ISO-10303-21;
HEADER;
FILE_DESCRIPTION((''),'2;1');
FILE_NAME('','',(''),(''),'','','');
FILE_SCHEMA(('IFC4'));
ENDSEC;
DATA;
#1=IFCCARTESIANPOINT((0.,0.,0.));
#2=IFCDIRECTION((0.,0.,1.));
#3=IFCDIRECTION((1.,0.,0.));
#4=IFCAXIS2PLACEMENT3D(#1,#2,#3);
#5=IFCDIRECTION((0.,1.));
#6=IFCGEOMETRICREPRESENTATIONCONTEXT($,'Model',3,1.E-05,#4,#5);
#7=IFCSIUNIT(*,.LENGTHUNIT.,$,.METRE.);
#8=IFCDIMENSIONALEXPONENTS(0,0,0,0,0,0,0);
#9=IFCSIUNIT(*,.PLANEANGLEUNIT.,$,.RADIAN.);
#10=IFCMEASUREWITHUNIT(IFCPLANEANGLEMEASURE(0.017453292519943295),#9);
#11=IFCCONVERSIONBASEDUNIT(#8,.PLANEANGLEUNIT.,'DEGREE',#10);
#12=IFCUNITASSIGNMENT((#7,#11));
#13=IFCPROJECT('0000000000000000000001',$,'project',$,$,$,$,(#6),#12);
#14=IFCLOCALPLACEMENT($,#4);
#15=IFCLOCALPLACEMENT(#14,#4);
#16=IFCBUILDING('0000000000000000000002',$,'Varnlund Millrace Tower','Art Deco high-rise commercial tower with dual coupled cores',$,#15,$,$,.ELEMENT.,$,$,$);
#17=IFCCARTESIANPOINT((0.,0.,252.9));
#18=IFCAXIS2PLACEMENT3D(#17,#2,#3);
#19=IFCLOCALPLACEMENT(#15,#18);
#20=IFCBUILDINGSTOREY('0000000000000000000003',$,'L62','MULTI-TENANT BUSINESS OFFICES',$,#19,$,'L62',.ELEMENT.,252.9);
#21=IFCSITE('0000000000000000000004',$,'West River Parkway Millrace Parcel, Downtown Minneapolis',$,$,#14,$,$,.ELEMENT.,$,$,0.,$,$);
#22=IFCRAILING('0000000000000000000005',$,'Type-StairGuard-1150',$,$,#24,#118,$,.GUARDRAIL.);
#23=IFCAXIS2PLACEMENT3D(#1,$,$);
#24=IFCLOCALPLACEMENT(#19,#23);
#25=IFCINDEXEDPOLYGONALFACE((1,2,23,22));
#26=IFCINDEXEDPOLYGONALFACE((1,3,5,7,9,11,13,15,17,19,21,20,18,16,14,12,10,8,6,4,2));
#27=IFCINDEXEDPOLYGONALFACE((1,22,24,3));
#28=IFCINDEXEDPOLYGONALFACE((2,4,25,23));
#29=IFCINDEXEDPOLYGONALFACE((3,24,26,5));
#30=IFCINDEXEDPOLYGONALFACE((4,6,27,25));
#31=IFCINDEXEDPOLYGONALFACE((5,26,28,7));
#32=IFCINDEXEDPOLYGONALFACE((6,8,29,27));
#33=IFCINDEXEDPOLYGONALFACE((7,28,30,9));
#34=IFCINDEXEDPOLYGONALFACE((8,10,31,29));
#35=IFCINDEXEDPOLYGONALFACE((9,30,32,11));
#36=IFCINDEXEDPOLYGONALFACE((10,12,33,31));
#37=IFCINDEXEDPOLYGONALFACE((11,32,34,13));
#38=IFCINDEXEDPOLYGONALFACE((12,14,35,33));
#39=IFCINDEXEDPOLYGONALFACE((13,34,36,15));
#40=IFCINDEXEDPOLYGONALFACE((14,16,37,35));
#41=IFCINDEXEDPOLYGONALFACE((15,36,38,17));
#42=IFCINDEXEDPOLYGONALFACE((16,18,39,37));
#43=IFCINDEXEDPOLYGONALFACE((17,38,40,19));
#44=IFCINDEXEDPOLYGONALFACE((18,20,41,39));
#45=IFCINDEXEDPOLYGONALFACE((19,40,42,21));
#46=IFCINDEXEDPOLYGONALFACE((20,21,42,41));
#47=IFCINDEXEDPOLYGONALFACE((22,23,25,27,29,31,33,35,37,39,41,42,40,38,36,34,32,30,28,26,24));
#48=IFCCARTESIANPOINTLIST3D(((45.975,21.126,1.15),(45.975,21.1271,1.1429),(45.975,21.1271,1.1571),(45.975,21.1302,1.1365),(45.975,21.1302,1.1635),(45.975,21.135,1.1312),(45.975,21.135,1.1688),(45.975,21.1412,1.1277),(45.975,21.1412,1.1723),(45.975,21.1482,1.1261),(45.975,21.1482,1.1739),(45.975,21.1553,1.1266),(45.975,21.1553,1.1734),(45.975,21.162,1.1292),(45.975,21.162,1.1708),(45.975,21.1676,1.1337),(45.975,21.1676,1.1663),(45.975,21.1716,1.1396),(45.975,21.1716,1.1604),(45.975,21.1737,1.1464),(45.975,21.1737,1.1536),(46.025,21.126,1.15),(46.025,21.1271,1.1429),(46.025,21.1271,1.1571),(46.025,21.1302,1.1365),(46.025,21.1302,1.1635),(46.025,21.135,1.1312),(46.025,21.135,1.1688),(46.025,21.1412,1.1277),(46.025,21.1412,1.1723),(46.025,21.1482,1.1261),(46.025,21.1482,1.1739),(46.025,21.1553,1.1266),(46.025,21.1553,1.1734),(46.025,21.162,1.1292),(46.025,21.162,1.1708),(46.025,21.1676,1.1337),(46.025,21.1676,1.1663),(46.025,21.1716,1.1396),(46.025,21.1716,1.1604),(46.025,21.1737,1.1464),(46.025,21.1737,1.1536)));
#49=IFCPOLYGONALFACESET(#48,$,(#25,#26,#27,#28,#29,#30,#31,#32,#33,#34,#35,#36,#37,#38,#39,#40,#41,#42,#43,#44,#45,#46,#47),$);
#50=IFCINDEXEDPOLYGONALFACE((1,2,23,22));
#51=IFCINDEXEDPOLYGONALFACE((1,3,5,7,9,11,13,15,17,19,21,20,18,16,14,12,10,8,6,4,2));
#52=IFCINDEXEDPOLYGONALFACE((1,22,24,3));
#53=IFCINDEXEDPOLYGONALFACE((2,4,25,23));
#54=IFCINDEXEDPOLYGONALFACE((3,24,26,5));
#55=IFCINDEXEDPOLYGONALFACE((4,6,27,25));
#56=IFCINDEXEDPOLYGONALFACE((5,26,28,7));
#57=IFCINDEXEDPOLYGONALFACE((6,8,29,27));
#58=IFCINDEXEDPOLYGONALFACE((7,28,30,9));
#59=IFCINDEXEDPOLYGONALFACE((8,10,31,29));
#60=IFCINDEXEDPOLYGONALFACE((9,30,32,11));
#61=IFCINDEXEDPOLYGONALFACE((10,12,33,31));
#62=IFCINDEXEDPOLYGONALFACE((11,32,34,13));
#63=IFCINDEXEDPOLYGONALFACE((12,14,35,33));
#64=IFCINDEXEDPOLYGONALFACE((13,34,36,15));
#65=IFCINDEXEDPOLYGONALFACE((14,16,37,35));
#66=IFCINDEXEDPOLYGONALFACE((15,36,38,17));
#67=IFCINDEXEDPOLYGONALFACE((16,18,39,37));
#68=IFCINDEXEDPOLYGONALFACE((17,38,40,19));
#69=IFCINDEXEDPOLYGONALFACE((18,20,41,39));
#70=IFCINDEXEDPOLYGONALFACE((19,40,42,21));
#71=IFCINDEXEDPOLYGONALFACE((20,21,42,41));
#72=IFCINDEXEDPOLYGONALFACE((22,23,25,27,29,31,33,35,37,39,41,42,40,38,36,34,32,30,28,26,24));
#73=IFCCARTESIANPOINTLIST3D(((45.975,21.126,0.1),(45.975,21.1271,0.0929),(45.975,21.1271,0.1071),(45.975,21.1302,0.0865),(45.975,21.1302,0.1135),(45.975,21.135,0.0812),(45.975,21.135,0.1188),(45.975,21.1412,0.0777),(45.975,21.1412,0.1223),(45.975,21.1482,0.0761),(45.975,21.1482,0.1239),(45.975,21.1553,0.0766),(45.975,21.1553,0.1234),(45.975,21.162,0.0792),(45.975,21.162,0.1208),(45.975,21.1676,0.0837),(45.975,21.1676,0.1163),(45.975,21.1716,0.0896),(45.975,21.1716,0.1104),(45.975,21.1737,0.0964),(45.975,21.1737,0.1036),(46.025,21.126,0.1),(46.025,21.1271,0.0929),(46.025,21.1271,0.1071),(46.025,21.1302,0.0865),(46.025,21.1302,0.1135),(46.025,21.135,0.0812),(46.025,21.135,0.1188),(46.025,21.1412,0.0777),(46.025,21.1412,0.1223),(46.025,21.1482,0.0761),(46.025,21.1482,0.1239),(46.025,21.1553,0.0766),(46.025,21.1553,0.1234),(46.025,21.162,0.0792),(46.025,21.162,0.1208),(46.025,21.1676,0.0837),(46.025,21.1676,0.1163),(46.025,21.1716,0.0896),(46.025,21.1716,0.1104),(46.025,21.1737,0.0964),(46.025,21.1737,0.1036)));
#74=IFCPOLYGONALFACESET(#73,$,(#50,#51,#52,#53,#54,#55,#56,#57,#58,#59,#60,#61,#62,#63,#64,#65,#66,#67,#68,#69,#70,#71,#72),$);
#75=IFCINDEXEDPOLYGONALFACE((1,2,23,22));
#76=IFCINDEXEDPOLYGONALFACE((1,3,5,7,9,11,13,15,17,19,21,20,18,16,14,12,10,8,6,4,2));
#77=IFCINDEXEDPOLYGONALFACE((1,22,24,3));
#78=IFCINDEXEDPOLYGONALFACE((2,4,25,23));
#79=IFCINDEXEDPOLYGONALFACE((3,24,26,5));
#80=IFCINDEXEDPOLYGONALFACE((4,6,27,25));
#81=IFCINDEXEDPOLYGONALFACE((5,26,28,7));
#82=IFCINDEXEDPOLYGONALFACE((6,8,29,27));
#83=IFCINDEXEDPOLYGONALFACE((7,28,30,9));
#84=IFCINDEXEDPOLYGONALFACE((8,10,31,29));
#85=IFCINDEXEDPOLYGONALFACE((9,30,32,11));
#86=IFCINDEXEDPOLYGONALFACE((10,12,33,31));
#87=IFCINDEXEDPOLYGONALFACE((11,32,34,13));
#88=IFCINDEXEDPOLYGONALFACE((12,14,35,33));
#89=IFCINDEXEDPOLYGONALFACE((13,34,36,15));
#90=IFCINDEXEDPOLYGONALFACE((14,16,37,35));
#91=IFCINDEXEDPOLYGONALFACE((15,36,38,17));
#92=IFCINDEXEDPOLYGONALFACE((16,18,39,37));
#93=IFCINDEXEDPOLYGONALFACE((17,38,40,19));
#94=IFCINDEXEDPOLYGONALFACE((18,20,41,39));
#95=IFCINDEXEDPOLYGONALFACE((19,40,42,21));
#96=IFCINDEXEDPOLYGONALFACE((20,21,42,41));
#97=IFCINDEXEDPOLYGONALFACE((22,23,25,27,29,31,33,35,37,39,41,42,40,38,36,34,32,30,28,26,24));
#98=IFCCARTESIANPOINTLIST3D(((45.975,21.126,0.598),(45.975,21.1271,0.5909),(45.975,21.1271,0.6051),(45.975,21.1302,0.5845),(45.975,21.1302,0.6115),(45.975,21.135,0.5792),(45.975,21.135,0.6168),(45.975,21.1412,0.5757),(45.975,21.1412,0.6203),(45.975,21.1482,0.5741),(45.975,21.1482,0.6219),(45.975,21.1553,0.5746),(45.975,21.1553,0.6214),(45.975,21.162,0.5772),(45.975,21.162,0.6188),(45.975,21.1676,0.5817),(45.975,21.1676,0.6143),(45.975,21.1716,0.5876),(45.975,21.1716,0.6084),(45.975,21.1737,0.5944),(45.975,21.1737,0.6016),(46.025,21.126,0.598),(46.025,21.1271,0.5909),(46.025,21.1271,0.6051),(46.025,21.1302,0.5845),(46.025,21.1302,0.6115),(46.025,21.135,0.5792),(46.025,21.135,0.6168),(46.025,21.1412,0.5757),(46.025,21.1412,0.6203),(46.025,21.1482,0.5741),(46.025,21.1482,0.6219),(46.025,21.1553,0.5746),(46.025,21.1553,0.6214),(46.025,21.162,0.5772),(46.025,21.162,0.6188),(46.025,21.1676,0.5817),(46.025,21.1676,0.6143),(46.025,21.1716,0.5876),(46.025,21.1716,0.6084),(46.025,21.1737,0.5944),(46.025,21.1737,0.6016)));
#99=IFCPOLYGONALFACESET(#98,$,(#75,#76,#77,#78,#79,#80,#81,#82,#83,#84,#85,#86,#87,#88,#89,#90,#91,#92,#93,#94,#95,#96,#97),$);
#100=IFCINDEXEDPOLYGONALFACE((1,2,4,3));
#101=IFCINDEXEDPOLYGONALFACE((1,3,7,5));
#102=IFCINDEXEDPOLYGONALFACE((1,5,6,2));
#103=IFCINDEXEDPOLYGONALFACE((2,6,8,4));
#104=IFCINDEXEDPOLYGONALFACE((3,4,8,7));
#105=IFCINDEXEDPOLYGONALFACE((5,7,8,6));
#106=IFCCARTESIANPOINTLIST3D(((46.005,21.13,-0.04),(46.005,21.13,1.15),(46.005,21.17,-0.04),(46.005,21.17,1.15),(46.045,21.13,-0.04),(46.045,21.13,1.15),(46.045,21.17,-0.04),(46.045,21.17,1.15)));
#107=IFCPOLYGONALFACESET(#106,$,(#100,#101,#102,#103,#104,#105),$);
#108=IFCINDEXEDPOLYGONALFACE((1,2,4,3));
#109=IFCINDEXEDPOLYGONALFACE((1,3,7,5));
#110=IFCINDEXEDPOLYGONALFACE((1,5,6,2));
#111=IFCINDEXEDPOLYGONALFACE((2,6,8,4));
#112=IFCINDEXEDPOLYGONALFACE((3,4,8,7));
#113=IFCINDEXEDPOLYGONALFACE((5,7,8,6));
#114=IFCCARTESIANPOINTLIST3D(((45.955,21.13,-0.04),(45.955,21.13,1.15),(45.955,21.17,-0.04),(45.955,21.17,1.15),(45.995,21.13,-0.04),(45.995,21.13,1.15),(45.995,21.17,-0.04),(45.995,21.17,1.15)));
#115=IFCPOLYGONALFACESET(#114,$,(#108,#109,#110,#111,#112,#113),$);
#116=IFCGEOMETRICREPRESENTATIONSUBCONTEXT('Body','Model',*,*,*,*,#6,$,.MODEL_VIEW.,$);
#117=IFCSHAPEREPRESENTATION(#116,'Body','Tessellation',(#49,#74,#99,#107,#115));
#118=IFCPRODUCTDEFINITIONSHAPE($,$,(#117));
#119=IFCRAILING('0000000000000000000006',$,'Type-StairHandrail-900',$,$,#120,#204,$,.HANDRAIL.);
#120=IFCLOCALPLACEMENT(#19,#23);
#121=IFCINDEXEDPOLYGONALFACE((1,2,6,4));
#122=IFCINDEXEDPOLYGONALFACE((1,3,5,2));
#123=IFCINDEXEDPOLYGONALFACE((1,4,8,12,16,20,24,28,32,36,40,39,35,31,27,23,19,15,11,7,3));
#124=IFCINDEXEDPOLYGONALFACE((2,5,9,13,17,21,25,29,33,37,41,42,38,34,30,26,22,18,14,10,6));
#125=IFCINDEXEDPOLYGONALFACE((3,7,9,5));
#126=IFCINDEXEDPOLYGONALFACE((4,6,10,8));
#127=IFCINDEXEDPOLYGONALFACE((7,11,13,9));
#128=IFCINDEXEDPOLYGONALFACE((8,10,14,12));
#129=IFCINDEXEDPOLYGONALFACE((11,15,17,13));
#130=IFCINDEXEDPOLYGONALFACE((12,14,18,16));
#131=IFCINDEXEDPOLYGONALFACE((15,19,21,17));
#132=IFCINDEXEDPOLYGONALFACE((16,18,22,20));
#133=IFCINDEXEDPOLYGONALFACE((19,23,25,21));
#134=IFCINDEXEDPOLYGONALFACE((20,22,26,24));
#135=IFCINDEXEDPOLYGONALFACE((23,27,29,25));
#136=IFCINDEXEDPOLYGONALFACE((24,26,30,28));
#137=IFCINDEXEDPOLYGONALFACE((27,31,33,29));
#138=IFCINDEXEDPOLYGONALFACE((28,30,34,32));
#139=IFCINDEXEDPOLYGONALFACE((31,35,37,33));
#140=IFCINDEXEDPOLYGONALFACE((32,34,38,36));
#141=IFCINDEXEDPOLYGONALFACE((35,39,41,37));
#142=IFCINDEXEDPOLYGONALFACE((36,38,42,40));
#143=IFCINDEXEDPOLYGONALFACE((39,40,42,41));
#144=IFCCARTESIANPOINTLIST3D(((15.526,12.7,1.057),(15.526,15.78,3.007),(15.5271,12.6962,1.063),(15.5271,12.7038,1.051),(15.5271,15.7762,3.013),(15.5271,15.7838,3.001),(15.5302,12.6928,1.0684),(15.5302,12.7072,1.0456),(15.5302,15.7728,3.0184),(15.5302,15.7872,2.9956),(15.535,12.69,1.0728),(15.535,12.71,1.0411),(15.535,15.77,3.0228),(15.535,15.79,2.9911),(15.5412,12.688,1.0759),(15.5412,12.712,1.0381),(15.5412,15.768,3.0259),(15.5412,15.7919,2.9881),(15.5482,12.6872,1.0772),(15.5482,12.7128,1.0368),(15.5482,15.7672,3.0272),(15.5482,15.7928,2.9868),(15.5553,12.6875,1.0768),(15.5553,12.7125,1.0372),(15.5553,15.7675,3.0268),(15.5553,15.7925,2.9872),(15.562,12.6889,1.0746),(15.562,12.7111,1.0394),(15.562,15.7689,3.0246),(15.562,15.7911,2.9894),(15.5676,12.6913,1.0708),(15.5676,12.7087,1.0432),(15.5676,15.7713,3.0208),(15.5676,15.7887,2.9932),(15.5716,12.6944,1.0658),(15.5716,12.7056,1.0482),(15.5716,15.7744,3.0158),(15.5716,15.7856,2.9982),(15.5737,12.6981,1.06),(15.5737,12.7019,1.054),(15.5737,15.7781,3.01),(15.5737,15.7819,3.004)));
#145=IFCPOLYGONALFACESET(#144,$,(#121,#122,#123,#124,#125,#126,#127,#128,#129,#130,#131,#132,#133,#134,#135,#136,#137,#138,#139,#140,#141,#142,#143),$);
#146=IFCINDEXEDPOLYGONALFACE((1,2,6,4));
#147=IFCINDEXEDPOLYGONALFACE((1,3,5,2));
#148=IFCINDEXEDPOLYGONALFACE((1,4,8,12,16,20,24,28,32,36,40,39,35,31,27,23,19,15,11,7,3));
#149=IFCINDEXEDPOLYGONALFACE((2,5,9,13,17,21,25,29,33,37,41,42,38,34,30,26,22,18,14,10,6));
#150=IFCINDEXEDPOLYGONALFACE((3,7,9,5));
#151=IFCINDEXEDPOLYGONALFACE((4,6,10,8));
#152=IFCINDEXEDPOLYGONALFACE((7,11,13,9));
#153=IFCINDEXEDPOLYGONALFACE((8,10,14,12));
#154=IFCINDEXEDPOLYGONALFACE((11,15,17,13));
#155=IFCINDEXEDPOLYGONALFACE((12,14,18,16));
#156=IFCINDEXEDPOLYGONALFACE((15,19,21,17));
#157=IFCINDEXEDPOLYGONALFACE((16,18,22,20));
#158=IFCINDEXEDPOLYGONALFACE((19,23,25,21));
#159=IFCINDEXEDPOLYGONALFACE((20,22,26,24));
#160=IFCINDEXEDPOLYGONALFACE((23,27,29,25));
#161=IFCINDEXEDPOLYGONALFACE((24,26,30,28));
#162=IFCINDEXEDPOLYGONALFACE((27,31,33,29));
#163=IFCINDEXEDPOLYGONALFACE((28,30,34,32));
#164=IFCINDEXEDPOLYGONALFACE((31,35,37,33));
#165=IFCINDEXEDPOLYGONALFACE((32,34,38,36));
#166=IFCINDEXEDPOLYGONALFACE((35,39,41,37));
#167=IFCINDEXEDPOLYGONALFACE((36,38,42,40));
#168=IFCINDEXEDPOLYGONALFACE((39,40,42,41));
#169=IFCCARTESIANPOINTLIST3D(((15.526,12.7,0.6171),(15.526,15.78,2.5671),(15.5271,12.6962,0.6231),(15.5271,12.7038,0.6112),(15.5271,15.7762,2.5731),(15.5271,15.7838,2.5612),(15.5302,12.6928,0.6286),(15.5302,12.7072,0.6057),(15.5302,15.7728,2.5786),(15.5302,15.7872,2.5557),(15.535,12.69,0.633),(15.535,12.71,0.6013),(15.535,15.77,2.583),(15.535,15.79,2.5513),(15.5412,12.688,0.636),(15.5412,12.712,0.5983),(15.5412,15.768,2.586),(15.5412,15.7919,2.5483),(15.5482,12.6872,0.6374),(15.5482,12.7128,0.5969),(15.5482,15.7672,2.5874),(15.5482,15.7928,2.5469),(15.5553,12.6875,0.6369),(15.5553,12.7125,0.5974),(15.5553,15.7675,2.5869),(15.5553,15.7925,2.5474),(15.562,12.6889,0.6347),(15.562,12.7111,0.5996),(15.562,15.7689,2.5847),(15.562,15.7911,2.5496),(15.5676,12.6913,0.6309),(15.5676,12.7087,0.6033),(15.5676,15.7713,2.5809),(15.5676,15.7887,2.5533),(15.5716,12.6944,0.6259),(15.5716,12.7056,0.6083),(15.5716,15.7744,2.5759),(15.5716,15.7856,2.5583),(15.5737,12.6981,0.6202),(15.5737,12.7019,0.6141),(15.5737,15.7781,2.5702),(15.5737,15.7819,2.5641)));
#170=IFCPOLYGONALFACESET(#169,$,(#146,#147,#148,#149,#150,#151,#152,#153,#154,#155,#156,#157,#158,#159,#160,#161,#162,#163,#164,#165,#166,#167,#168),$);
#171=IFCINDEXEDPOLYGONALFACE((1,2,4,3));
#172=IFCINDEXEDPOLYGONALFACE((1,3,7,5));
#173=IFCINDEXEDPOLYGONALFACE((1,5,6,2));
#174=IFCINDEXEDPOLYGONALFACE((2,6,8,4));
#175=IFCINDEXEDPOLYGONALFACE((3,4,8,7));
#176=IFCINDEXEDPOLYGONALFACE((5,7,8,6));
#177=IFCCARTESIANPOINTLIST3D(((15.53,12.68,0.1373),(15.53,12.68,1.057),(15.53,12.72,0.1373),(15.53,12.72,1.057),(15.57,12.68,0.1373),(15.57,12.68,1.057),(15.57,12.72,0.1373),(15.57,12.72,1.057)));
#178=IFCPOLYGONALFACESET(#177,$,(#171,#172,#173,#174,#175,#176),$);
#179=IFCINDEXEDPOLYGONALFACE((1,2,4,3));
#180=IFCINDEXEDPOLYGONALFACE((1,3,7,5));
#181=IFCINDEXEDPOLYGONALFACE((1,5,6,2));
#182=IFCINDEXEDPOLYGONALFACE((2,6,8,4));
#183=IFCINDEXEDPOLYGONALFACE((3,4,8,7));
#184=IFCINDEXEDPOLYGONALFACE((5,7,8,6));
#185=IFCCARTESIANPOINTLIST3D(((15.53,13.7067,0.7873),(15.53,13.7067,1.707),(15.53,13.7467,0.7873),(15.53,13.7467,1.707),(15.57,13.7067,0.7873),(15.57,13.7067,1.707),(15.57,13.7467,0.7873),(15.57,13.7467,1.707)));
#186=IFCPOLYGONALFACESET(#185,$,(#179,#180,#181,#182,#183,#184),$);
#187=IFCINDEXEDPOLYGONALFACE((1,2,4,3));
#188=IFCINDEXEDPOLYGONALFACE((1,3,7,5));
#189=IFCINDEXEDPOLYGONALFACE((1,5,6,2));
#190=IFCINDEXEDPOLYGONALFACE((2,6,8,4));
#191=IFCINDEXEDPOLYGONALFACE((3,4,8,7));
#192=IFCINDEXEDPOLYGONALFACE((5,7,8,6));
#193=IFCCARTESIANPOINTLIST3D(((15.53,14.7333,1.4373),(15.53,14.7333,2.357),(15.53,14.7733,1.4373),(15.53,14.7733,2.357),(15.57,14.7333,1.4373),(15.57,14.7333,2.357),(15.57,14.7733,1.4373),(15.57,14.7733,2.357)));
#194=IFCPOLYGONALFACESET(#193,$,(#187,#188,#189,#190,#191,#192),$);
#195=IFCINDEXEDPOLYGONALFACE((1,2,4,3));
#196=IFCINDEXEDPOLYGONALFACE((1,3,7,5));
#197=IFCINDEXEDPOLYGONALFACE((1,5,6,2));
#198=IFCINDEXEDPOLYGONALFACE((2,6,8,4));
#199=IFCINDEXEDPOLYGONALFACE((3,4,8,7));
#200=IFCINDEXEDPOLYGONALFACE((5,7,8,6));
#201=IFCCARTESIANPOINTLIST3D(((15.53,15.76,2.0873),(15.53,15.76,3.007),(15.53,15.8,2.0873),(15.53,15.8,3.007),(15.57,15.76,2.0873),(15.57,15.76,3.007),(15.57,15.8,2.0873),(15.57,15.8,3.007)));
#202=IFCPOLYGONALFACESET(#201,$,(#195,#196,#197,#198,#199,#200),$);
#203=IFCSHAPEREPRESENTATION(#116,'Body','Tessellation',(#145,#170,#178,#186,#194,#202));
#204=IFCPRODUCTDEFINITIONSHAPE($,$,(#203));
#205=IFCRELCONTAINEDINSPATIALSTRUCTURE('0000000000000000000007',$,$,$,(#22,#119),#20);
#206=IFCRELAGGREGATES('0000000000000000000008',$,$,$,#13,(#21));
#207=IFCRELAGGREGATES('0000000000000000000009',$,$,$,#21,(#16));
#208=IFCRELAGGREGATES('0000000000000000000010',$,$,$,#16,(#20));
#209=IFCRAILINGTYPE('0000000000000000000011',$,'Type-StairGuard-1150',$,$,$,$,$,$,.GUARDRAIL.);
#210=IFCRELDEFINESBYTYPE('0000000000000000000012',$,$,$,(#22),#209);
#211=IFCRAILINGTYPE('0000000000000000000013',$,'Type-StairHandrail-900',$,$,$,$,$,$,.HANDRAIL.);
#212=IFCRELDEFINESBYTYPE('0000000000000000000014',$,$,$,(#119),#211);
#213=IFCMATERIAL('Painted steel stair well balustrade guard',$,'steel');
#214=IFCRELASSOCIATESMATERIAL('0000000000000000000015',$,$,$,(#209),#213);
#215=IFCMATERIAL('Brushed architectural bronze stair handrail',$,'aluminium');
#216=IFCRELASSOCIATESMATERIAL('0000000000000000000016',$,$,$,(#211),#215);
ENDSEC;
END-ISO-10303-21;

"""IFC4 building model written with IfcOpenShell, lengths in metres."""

from ifc_helpers import new_model, entity, si_unit, converted_unit, direction, frame, origin_with_axes, origin_2d_with_axis, place, context, subcontext, project, spatial, rectangle, circle, extrude, material, type_object, element, save


model = new_model("IFC4")

# Units and contexts
model_context = context("Model", 3, precision=1e-05, world=origin_with_axes(), true_north=direction((0.0, 1.0)))
body_context = subcontext(model_context, "Body", "Model", "MODEL_VIEW")
ifc_project = project(units=[si_unit("LENGTHUNIT", "METRE"), converted_unit("PLANEANGLEUNIT", "DEGREE", entity("IfcPlaneAngleMeasure", 0.017453292519943295), si_unit("PLANEANGLEUNIT", "RADIAN"), dimensions=[0, 0, 0, 0, 0, 0, 0])], contexts=[model_context])

# Site, building, storey
site_placement = place(None, origin_with_axes())
site = spatial("IfcSite", under=ifc_project, at=site_placement, Name="West River Parkway Millrace Parcel, Downtown Minneapolis", CompositionType="ELEMENT", RefElevation=0.0)
building_placement = place(site_placement, origin_with_axes())
building = spatial("IfcBuilding", under=site, at=building_placement, Name="Varnlund Millrace Tower", Description="Art Deco high-rise commercial tower with dual coupled cores", CompositionType="ELEMENT")
storey_placement = place(building_placement, frame((0.0, 0.0, 252.9), z_axis=(0.0, 0.0, 1.0), x_axis=(1.0, 0.0, 0.0)))
storey = spatial("IfcBuildingStorey", under=building, at=storey_placement, Name="L62", Description="MULTI-TENANT BUSINESS OFFICES", LongName="L62", CompositionType="ELEMENT", Elevation=252.9)

# Railings
ifc_material_1 = material(Name="Painted steel stair well balustrade guard", Category="steel")
railing_type_1 = type_object("IfcRailingType", Name="Type-StairGuard-1150", PredefinedType="GUARDRAIL", material=ifc_material_1)
railing_1_placement = place(storey_placement, frame((0.0, 0.0, -252.9), z_axis=(0.0, 0.0, 1.0), x_axis=(1.0, 0.0, 0.0)))
element("IfcRailing", 1, at=railing_1_placement, inside=storey, type_object=railing_type_1, Name="Type-StairGuard-1150", PredefinedType="GUARDRAIL", context=body_context, shape_type="SweptSolid", body=[
    extrude(circle(Radius=0.024, at=origin_2d_with_axis()), frame((46.025, 21.15, 254.05), z_axis=(-1.0, 0.0, 0.0), x_axis=(0.0, -1.0, 0.0)), (0.0, 0.0, 1.0), 0.05),
    extrude(circle(Radius=0.024, at=origin_2d_with_axis()), frame((46.025, 21.15, 253.0), z_axis=(-1.0, 0.0, 0.0), x_axis=(0.0, -1.0, 0.0)), (0.0, 0.0, 1.0), 0.05),
    extrude(circle(Radius=0.024, at=origin_2d_with_axis()), frame((46.025, 21.15, 253.498), z_axis=(-1.0, 0.0, 0.0), x_axis=(0.0, -1.0, 0.0)), (0.0, 0.0, 1.0), 0.05),
    extrude(rectangle(XDim=0.04, YDim=0.04, at=origin_2d_with_axis()), frame((46.025, 21.15, 252.86), z_axis=(0.0, 0.0, 1.0), x_axis=(1.0, 0.0, 0.0)), (0.0, 0.0, 1.0), 1.19),
    extrude(rectangle(XDim=0.04, YDim=0.04, at=origin_2d_with_axis()), frame((45.975, 21.15, 252.86), z_axis=(0.0, 0.0, 1.0), x_axis=(1.0, 0.0, 0.0)), (0.0, 0.0, 1.0), 1.19),
])
ifc_material_2 = material(Name="Brushed architectural bronze stair handrail", Category="aluminium")
railing_type_2 = type_object("IfcRailingType", Name="Type-StairHandrail-900", PredefinedType="HANDRAIL", material=ifc_material_2)
railing_2_placement = place(storey_placement, frame((0.0, 0.0, -252.9), z_axis=(0.0, 0.0, 1.0), x_axis=(1.0, 0.0, 0.0)))
element("IfcRailing", 2, at=railing_2_placement, inside=storey, type_object=railing_type_2, Name="Type-StairHandrail-900", PredefinedType="HANDRAIL", context=body_context, shape_type="SweptSolid", body=[
    extrude(circle(Radius=0.024, at=origin_2d_with_axis()), frame((15.55, 12.7, 253.957), z_axis=(0.0, 0.844902, 0.534922), x_axis=(-1.0, 0.0, 0.0)), (0.0, 0.0, 1.0), 3.6454),
    extrude(circle(Radius=0.024, at=origin_2d_with_axis()), frame((15.55, 12.7, 253.5171), z_axis=(0.0, 0.844902, 0.534922), x_axis=(-1.0, 0.0, 0.0)), (0.0, 0.0, 1.0), 3.6454),
    extrude(rectangle(XDim=0.04, YDim=0.04, at=origin_2d_with_axis()), frame((15.55, 12.7, 253.0373), z_axis=(0.0, 0.0, 1.0), x_axis=(1.0, 0.0, 0.0)), (0.0, 0.0, 1.0), 0.9197),
    extrude(rectangle(XDim=0.04, YDim=0.04, at=origin_2d_with_axis()), frame((15.55, 13.7267, 253.6873), z_axis=(0.0, 0.0, 1.0), x_axis=(1.0, 0.0, 0.0)), (0.0, 0.0, 1.0), 0.9197),
    extrude(rectangle(XDim=0.04, YDim=0.04, at=origin_2d_with_axis()), frame((15.55, 14.7533, 254.3373), z_axis=(0.0, 0.0, 1.0), x_axis=(1.0, 0.0, 0.0)), (0.0, 0.0, 1.0), 0.9197),
    extrude(rectangle(XDim=0.04, YDim=0.04, at=origin_2d_with_axis()), frame((15.55, 15.78, 254.9873), z_axis=(0.0, 0.0, 1.0), x_axis=(1.0, 0.0, 0.0)), (0.0, 0.0, 1.0), 0.9197),
])

save(model, "model.ifc")
